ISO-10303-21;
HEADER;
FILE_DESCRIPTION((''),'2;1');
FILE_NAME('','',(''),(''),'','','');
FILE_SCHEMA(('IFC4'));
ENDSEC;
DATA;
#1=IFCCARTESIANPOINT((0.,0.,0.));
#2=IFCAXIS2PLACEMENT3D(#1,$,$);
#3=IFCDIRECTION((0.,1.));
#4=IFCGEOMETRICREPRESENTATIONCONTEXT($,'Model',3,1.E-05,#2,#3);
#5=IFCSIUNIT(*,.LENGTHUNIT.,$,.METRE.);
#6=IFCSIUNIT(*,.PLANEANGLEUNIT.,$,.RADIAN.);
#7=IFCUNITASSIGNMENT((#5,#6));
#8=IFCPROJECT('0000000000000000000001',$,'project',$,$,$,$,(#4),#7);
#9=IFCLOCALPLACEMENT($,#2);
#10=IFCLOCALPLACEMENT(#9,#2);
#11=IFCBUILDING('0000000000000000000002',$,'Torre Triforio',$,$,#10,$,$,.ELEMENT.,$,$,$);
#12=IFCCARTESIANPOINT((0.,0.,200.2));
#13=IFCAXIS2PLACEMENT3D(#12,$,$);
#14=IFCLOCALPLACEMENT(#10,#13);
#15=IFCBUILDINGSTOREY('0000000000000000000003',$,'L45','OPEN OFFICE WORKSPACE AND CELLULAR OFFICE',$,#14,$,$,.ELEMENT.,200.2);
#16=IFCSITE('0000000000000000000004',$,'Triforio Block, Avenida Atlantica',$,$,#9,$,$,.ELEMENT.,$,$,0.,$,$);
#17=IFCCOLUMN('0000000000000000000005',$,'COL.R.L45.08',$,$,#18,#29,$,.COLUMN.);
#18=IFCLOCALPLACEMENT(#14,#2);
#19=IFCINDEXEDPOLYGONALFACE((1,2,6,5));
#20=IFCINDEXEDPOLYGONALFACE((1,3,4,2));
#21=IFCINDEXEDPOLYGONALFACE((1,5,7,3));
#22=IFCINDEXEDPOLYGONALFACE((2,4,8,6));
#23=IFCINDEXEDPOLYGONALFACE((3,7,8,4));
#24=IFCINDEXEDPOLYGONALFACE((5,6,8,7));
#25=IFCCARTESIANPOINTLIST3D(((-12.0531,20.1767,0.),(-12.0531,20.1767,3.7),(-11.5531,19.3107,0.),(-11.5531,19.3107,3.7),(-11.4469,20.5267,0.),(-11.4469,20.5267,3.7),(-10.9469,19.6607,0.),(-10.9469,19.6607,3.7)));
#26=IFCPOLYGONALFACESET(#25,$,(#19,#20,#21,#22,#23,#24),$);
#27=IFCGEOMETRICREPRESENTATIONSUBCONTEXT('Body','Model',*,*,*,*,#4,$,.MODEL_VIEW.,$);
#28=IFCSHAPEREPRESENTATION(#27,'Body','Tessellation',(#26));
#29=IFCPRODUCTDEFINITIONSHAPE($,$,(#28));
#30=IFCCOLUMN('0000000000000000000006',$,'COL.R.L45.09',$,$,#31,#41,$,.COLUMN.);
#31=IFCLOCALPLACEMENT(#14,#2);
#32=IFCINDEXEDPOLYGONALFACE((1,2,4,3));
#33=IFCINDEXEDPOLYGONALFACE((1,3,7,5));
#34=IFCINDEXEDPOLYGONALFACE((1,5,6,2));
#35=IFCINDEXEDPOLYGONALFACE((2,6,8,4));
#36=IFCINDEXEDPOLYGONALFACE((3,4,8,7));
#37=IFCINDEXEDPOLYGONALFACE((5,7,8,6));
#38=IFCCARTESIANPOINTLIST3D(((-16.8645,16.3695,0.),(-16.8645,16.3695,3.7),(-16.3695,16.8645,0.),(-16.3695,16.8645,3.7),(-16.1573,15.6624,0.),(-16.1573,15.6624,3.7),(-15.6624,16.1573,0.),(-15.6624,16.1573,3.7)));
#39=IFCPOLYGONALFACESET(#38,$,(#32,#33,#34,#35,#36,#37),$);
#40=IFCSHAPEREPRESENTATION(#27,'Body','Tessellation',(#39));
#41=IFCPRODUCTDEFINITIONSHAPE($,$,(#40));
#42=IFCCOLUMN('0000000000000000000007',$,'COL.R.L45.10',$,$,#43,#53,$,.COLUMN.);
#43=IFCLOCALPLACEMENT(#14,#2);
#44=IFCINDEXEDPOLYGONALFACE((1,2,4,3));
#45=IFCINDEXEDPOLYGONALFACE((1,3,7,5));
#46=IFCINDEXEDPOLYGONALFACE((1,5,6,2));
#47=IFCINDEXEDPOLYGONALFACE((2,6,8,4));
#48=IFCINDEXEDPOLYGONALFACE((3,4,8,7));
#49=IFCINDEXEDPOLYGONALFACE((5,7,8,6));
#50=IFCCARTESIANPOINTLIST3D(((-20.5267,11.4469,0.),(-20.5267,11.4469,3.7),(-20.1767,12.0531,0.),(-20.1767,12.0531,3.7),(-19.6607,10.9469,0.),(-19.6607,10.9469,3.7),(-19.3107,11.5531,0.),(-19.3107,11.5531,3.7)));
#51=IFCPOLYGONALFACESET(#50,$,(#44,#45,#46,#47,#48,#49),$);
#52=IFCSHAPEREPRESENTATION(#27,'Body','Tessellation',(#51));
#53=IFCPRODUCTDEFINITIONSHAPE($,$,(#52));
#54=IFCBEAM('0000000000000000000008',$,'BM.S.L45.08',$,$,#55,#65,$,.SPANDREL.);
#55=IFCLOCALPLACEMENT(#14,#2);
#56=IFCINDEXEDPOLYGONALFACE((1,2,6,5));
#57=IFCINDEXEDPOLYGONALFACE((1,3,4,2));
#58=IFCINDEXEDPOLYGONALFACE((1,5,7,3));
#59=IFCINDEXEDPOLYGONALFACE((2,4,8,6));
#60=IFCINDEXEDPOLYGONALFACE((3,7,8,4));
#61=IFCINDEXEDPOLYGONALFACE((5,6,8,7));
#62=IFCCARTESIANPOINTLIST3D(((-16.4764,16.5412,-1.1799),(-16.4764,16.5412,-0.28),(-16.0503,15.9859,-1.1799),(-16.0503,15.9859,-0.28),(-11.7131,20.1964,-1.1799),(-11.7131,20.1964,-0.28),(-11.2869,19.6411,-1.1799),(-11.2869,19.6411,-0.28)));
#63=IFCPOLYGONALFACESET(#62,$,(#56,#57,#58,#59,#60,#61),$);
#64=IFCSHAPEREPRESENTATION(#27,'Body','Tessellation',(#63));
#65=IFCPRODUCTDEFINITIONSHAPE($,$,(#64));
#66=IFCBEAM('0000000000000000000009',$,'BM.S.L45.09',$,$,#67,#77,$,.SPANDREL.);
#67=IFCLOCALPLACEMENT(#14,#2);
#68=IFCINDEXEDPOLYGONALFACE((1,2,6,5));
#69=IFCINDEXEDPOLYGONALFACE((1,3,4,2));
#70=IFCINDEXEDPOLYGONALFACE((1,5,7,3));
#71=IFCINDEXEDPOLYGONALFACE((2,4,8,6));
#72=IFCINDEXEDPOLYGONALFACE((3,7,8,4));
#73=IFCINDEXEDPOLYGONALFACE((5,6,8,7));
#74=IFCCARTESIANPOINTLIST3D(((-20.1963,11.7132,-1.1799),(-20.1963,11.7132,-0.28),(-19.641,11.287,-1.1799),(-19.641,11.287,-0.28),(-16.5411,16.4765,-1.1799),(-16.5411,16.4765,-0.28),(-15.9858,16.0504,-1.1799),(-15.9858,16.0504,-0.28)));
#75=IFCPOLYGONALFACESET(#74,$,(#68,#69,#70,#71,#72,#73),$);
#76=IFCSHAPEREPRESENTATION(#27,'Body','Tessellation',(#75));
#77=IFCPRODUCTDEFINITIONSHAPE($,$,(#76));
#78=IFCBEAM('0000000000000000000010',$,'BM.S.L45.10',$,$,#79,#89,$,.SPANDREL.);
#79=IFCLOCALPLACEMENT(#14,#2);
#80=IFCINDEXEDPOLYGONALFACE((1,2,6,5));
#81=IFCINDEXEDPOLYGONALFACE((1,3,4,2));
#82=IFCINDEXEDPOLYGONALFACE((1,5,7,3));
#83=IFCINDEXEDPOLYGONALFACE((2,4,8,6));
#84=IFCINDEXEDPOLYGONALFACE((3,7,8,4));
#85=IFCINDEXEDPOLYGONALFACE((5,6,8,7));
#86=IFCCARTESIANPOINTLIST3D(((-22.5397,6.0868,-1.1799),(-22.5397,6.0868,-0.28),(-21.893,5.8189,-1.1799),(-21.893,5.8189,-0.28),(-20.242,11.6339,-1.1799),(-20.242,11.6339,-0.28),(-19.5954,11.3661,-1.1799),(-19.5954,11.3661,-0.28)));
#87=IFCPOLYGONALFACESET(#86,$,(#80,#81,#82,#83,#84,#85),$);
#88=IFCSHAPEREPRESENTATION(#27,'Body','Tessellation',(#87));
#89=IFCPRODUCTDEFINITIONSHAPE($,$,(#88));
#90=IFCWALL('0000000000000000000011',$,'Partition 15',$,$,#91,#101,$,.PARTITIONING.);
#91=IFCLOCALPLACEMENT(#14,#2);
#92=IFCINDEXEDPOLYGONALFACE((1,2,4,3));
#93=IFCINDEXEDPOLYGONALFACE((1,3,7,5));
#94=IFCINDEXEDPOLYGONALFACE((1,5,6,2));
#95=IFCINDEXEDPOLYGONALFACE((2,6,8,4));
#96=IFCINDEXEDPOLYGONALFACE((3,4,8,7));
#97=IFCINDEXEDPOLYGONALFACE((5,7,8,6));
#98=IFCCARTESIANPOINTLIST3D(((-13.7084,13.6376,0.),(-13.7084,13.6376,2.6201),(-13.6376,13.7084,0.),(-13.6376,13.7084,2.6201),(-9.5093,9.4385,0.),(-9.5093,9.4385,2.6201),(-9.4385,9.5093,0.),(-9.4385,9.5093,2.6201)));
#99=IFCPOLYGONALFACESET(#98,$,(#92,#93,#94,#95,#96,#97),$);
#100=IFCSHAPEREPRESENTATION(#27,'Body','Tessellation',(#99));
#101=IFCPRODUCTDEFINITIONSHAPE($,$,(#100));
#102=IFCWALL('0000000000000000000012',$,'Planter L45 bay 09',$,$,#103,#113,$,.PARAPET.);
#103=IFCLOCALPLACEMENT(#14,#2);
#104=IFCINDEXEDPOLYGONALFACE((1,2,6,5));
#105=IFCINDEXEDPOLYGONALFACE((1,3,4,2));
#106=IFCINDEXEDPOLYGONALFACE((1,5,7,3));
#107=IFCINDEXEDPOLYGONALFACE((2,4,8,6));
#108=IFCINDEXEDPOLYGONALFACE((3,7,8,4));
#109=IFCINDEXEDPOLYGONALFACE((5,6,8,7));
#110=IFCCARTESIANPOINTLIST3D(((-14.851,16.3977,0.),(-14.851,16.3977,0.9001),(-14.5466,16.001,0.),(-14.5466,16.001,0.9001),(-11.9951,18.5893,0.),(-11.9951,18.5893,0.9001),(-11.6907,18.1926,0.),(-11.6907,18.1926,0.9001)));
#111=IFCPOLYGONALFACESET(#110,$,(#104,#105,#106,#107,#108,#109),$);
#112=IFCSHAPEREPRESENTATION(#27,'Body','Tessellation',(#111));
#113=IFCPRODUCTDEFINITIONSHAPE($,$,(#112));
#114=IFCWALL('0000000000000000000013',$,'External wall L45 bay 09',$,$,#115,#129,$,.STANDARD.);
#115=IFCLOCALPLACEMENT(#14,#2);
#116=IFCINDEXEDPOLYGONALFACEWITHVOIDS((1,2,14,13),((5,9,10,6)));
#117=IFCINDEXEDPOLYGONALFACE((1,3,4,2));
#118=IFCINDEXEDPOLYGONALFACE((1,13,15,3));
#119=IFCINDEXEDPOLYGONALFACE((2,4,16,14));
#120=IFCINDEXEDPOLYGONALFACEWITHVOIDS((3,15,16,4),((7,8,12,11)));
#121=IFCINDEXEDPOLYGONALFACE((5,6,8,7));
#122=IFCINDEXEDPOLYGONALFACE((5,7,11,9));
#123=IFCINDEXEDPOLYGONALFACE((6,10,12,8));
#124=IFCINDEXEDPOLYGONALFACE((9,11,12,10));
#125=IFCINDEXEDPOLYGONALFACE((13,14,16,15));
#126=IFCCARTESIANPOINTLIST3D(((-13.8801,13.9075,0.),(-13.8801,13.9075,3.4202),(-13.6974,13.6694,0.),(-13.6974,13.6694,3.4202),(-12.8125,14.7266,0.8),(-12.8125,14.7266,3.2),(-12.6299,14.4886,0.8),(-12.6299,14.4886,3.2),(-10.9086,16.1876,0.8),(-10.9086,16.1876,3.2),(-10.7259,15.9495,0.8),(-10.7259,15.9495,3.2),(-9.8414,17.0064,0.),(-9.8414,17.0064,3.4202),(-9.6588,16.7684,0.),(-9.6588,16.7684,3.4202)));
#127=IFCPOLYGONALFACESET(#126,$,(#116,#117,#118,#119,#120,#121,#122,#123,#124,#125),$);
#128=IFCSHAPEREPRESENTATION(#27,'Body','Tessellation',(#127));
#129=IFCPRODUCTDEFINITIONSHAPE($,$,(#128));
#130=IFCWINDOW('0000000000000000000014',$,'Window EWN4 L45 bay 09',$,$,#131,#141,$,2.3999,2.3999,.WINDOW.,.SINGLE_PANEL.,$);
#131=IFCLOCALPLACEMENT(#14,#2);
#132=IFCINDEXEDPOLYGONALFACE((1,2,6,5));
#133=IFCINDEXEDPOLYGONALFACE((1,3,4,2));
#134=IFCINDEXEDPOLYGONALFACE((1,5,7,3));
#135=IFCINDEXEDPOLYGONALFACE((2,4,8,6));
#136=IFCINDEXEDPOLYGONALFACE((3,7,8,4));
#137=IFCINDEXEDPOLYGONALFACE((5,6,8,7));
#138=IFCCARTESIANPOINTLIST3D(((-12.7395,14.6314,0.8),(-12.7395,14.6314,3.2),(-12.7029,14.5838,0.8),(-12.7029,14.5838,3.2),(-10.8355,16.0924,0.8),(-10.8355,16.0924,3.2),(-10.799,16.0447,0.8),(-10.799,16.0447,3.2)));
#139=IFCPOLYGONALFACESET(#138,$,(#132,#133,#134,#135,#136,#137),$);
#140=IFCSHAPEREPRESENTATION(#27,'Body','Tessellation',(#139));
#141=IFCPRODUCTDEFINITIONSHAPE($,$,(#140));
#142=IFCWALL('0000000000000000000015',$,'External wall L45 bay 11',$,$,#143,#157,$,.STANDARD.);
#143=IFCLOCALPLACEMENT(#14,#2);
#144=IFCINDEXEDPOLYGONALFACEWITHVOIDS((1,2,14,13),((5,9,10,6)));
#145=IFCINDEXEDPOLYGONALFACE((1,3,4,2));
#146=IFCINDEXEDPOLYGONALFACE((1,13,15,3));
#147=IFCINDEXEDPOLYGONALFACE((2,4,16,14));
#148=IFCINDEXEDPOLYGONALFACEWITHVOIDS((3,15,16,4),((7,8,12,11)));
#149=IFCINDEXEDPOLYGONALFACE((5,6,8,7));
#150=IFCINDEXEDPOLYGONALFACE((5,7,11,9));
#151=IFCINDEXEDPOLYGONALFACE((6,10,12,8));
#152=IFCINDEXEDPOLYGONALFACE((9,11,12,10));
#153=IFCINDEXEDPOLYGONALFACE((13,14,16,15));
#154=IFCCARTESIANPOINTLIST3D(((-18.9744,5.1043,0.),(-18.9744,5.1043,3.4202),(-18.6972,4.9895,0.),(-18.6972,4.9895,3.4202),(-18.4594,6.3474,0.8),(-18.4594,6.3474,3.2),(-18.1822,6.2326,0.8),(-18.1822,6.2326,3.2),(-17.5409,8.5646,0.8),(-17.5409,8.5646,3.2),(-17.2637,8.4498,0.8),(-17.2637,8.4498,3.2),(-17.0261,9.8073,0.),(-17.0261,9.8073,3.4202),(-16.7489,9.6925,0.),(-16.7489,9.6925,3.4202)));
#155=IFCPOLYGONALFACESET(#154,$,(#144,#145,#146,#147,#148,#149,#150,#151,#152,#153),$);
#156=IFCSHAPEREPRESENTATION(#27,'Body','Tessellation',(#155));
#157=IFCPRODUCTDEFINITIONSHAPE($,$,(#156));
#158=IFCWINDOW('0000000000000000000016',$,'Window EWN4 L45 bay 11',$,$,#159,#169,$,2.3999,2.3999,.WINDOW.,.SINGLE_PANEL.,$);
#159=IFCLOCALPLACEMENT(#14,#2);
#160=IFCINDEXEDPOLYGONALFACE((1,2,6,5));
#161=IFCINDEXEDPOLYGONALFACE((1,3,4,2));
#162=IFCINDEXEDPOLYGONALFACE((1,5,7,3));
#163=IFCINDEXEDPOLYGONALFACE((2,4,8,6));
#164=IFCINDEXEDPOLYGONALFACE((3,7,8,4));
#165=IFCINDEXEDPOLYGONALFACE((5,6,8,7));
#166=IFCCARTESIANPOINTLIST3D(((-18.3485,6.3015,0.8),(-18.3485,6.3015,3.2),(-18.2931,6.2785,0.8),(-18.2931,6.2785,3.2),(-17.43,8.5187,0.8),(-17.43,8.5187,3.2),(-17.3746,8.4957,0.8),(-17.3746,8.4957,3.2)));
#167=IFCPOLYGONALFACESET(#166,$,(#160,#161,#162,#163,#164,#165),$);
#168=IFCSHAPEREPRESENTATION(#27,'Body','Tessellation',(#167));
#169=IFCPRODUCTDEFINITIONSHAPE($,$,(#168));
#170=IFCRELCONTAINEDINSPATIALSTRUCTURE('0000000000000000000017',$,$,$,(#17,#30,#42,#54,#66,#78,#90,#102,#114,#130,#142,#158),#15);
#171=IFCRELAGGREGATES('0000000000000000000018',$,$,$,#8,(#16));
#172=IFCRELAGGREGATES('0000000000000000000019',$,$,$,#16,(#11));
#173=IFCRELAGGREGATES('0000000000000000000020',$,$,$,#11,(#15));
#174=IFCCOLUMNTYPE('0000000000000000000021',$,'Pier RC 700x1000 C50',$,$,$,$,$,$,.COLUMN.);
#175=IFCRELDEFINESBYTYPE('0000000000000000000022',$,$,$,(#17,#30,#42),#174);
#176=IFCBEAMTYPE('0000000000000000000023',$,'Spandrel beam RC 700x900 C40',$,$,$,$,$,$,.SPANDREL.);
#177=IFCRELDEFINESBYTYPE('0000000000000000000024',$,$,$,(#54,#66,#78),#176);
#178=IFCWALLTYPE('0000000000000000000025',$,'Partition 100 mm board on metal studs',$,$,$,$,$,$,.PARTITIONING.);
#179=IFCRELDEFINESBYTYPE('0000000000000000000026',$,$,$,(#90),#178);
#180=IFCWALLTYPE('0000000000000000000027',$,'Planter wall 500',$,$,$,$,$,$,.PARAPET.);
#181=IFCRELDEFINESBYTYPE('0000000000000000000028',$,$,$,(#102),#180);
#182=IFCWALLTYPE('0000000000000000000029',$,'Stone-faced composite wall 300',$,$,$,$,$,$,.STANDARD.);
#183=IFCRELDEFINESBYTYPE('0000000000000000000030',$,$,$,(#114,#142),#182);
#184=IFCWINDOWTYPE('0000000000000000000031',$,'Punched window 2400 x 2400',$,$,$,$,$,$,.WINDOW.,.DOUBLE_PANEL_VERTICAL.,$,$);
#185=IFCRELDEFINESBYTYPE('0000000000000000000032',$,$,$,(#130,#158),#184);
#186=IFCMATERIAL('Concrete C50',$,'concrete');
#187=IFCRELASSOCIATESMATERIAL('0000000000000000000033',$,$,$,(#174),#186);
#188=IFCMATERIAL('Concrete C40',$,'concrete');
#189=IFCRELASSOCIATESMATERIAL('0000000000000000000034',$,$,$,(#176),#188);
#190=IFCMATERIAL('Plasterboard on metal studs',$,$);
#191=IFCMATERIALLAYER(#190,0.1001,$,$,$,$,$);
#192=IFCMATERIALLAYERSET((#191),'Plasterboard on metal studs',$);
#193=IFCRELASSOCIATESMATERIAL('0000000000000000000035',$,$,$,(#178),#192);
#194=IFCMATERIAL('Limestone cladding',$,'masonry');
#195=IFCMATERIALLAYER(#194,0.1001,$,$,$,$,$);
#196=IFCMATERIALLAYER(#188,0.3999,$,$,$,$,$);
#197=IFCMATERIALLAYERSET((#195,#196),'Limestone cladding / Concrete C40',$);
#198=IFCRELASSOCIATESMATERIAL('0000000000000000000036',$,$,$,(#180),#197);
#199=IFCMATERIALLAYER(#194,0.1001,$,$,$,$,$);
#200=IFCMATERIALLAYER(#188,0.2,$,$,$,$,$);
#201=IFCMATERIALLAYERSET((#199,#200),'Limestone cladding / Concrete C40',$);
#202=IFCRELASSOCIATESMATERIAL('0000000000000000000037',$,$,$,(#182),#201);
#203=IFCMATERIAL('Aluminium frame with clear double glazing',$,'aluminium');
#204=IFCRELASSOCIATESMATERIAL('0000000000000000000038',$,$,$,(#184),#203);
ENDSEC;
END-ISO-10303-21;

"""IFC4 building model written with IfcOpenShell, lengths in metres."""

from ifc_helpers import new_model, si_unit, direction, frame, frame_2d, origin, origin_2d, place, context, subcontext, project, spatial, rectangle, extrude, material, layer, layer_set, material_profile, profile_set, type_object, element, fill, save


model = new_model("IFC4")

# Units and contexts
model_context = context("Model", 3, precision=1e-05, world=origin(), true_north=direction((0.0, 1.0)))
body_context = subcontext(model_context, "Body", "Model", "MODEL_VIEW")
ifc_project = project(units=[si_unit("LENGTHUNIT", "METRE"), si_unit("PLANEANGLEUNIT", "RADIAN")], contexts=[model_context])

# Site, building, storey
site_placement = place(None, origin())
site = spatial("IfcSite", under=ifc_project, at=site_placement, Name="Triforio Block, Avenida Atlantica", CompositionType="ELEMENT", RefElevation=0.0)
building_placement = place(site_placement, origin())
building = spatial("IfcBuilding", under=site, at=building_placement, Name="Torre Triforio", CompositionType="ELEMENT")
storey_placement = place(building_placement, frame((0.0, 0.0, 200.2)))
storey = spatial("IfcBuildingStorey", under=building, at=storey_placement, Name="L45", Description="OPEN OFFICE WORKSPACE AND CELLULAR OFFICE", CompositionType="ELEMENT", Elevation=200.2)

# Columns
ifc_material_1 = material(Name="Concrete C50", Category="concrete")
ifc_material_profile_1 = material_profile(ifc_material_1, rectangle(XDim=0.7, YDim=1.0, at=origin_2d()), Name="RC 700x1000")
ifc_profile_set_1 = profile_set([ifc_material_profile_1], Name="Concrete C50")
column_type = type_object("IfcColumnType", Name="Pier RC 700x1000 C50", PredefinedType="COLUMN", material=ifc_profile_set_1)
for number, where, z_axis, x_axis, name in (
    (1, (-11.5, 19.9187, 0.0), (0.0, 0.0, 1.0), (-0.866025, -0.5, 0.0), "COL.R.L45.08"),
    (2, (-16.2634, 16.2634, 0.0), (0.0, 0.0, 1.0), (-0.707107, -0.707107, 0.0), "COL.R.L45.09"),
    (3, (-19.9187, 11.5, 0.0), (0.0, 0.0, 1.0), (-0.5, -0.866025, 0.0), "COL.R.L45.10"),
):
    element("IfcColumn", number, at=place(storey_placement, frame(where, z_axis=z_axis, x_axis=x_axis)), inside=storey, type_object=column_type, Name=name, PredefinedType="COLUMN", context=body_context, shape_type="SweptSolid", body=[
        extrude(rectangle(XDim=0.7, YDim=1.0, at=origin_2d()), origin(), (0.0, 0.0, 1.0), 3.7),
    ])

# Beams
ifc_material_2 = material(Name="Concrete C40", Category="concrete")
ifc_material_profile_2 = material_profile(ifc_material_2, rectangle(XDim=0.7, YDim=0.8999, at=origin_2d()), Name="RC 700x900")
ifc_profile_set_2 = profile_set([ifc_material_profile_2], Name="Concrete C40")
beam_type = type_object("IfcBeamType", Name="Spandrel beam RC 700x900 C40", PredefinedType="SPANDREL", material=ifc_profile_set_2)
for number, where, z_axis, x_axis, name in (
    (4, (-11.5, 19.9187, -0.73), (-0.79334, -0.608779, 0.0), (0.608779, -0.79334, 0.0), "BM.S.L45.08"),
    (5, (-16.2634, 16.2634, -0.73), (-0.608779, -0.79334, 0.0), (0.79334, -0.608779, 0.0), "BM.S.L45.09"),
    (6, (-19.9187, 11.5, -0.73), (-0.382671, -0.923885, 0.0), (0.923885, -0.382671, 0.0), "BM.S.L45.10"),
):
    element("IfcBeam", number, at=place(storey_placement, frame(where, z_axis=z_axis, x_axis=x_axis)), inside=storey, type_object=beam_type, Name=name, PredefinedType="SPANDREL", context=body_context, shape_type="SweptSolid", body=[
        extrude(rectangle(XDim=0.7, YDim=0.8999, at=origin_2d()), origin(), (0.0, 0.0, 1.0), 6.0042),
    ])

# Walls
ifc_material_3 = material(Name="Plasterboard on metal studs")
ifc_layer_1 = layer(ifc_material_3, 0.1001)
ifc_layer_set_1 = layer_set([ifc_layer_1], Name="Plasterboard on metal studs")
wall_type_1 = type_object("IfcWallType", Name="Partition 100 mm board on metal studs", PredefinedType="PARTITIONING", material=ifc_layer_set_1)
wall_1_placement = place(storey_placement, frame((-9.4739, 9.4739, 0.0), z_axis=(0.0, 0.0, 1.0), x_axis=(-0.707107, 0.707107, 0.0)))
element("IfcWall", 7, at=wall_1_placement, inside=storey, type_object=wall_type_1, Name="Partition 15", PredefinedType="PARTITIONING", context=body_context, shape_type="SweptSolid", body=[
    extrude(rectangle(XDim=5.9385, YDim=0.1001, at=frame_2d((2.9692, 0.0))), origin(), (0.0, 0.0, 1.0), 2.6201),
])
ifc_material_4 = material(Name="Limestone cladding", Category="masonry")
ifc_layer_2 = layer(ifc_material_4, 0.1001)
ifc_layer_3 = layer(ifc_material_2, 0.3999)
ifc_layer_set_2 = layer_set([ifc_layer_2, ifc_layer_3], Name="Limestone cladding / Concrete C40")
wall_type_2 = type_object("IfcWallType", Name="Planter wall 500", PredefinedType="PARAPET", material=ifc_layer_set_2)
wall_2_placement = place(storey_placement, frame((-11.843, 18.3909, 0.0), z_axis=(0.0, 0.0, 1.0), x_axis=(-0.793327, -0.608796, 0.0)))
element("IfcWall", 8, at=wall_2_placement, inside=storey, type_object=wall_type_2, Name="Planter L45 bay 09", PredefinedType="PARAPET", context=body_context, shape_type="SweptSolid", body=[
    extrude(rectangle(XDim=3.5999, YDim=0.5, at=frame_2d((1.7998, 0.0))), origin(), (0.0, 0.0, 1.0), 0.9001),
])

# Wall, opening, window
ifc_layer_4 = layer(ifc_material_4, 0.1001)
ifc_layer_5 = layer(ifc_material_2, 0.2)
ifc_layer_set_3 = layer_set([ifc_layer_4, ifc_layer_5], Name="Limestone cladding / Concrete C40")
wall_type_3 = type_object("IfcWallType", Name="Stone-faced composite wall 300", PredefinedType="STANDARD", material=ifc_layer_set_3)
wall_3_placement = place(storey_placement, frame((-9.75, 16.8875, 0.0), z_axis=(0.0, 0.0, 1.0), x_axis=(-0.793356, -0.608758, 0.0)))
wall_3 = element("IfcWall", 9, at=wall_3_placement, inside=storey, type_object=wall_type_3, Name="External wall L45 bay 09", PredefinedType="STANDARD", context=body_context, shape_type="SweptSolid", body=[
    extrude(rectangle(XDim=5.0906, YDim=0.3, at=frame_2d((2.5454, 0.0))), origin(), (0.0, 0.0, 1.0), 3.4202),
])
opening_1_placement = place(wall_3_placement, frame((1.3452, 0.0, 0.8)))
opening_1 = element("IfcOpeningElement", 10, at=opening_1_placement, cuts=wall_3, PredefinedType="OPENING", context=body_context, shape_type="SweptSolid", body=[
    extrude(rectangle(XDim=2.3999, YDim=2.3999, at=frame_2d((1.2, 1.2))), frame((0.0, 0.1599, 0.0), z_axis=(0.0, -1.0, 0.0), x_axis=(1.0, 0.0, 0.0)), (0.0, 0.0, 1.0), 0.3201),
])
ifc_material_5 = material(Name="Aluminium frame with clear double glazing", Category="aluminium")
window_type_1 = type_object("IfcWindowType", Name="Punched window 2400 x 2400", PartitioningType="DOUBLE_PANEL_VERTICAL", PredefinedType="WINDOW", material=ifc_material_5)
window_1_placement = place(opening_1_placement, origin())
window_1 = element("IfcWindow", 11, at=window_1_placement, inside=storey, type_object=window_type_1, Name="Window EWN4 L45 bay 09", OverallHeight=2.3999, OverallWidth=2.3999, PartitioningType="SINGLE_PANEL", PredefinedType="WINDOW", context=body_context, shape_type="SweptSolid", body=[
    extrude(rectangle(XDim=2.3999, YDim=2.3999, at=frame_2d((1.2, 1.2))), frame((0.0, 0.03, 0.0), z_axis=(0.0, -1.0, 0.0), x_axis=(1.0, 0.0, 0.0)), (0.0, 0.0, 1.0), 0.0601),
])
fill(opening_1, window_1)

# Wall, opening, window
wall_4_placement = place(storey_placement, frame((-16.8875, 9.75, 0.0), z_axis=(0.0, 0.0, 1.0), x_axis=(-0.382725, -0.923863, 0.0)))
wall_4 = element("IfcWall", 12, at=wall_4_placement, inside=storey, type_object=wall_type_3, Name="External wall L45 bay 11", PredefinedType="STANDARD", context=body_context, shape_type="SweptSolid", body=[
    extrude(rectangle(XDim=5.0906, YDim=0.3, at=frame_2d((2.5454, 0.0))), origin(), (0.0, 0.0, 1.0), 3.4202),
])
opening_2_placement = place(wall_4_placement, frame((1.3452, 0.0, 0.8)))
opening_2 = element("IfcOpeningElement", 13, at=opening_2_placement, cuts=wall_4, PredefinedType="OPENING", context=body_context, shape_type="SweptSolid", body=[
    extrude(rectangle(XDim=2.3999, YDim=2.3999, at=frame_2d((1.2, 1.2))), frame((0.0, 0.1599, 0.0), z_axis=(0.0, -1.0, 0.0), x_axis=(1.0, 0.0, 0.0)), (0.0, 0.0, 1.0), 0.3201),
])
window_2_placement = place(opening_2_placement, origin())
window_2 = element("IfcWindow", 14, at=window_2_placement, inside=storey, type_object=window_type_1, Name="Window EWN4 L45 bay 11", OverallHeight=2.3999, OverallWidth=2.3999, PartitioningType="SINGLE_PANEL", PredefinedType="WINDOW", context=body_context, shape_type="SweptSolid", body=[
    extrude(rectangle(XDim=2.3999, YDim=2.3999, at=frame_2d((1.2, 1.2))), frame((0.0, 0.03, 0.0), z_axis=(0.0, -1.0, 0.0), x_axis=(1.0, 0.0, 0.0)), (0.0, 0.0, 1.0), 0.0601),
])
fill(opening_2, window_2)

save(model, "model.ifc")
